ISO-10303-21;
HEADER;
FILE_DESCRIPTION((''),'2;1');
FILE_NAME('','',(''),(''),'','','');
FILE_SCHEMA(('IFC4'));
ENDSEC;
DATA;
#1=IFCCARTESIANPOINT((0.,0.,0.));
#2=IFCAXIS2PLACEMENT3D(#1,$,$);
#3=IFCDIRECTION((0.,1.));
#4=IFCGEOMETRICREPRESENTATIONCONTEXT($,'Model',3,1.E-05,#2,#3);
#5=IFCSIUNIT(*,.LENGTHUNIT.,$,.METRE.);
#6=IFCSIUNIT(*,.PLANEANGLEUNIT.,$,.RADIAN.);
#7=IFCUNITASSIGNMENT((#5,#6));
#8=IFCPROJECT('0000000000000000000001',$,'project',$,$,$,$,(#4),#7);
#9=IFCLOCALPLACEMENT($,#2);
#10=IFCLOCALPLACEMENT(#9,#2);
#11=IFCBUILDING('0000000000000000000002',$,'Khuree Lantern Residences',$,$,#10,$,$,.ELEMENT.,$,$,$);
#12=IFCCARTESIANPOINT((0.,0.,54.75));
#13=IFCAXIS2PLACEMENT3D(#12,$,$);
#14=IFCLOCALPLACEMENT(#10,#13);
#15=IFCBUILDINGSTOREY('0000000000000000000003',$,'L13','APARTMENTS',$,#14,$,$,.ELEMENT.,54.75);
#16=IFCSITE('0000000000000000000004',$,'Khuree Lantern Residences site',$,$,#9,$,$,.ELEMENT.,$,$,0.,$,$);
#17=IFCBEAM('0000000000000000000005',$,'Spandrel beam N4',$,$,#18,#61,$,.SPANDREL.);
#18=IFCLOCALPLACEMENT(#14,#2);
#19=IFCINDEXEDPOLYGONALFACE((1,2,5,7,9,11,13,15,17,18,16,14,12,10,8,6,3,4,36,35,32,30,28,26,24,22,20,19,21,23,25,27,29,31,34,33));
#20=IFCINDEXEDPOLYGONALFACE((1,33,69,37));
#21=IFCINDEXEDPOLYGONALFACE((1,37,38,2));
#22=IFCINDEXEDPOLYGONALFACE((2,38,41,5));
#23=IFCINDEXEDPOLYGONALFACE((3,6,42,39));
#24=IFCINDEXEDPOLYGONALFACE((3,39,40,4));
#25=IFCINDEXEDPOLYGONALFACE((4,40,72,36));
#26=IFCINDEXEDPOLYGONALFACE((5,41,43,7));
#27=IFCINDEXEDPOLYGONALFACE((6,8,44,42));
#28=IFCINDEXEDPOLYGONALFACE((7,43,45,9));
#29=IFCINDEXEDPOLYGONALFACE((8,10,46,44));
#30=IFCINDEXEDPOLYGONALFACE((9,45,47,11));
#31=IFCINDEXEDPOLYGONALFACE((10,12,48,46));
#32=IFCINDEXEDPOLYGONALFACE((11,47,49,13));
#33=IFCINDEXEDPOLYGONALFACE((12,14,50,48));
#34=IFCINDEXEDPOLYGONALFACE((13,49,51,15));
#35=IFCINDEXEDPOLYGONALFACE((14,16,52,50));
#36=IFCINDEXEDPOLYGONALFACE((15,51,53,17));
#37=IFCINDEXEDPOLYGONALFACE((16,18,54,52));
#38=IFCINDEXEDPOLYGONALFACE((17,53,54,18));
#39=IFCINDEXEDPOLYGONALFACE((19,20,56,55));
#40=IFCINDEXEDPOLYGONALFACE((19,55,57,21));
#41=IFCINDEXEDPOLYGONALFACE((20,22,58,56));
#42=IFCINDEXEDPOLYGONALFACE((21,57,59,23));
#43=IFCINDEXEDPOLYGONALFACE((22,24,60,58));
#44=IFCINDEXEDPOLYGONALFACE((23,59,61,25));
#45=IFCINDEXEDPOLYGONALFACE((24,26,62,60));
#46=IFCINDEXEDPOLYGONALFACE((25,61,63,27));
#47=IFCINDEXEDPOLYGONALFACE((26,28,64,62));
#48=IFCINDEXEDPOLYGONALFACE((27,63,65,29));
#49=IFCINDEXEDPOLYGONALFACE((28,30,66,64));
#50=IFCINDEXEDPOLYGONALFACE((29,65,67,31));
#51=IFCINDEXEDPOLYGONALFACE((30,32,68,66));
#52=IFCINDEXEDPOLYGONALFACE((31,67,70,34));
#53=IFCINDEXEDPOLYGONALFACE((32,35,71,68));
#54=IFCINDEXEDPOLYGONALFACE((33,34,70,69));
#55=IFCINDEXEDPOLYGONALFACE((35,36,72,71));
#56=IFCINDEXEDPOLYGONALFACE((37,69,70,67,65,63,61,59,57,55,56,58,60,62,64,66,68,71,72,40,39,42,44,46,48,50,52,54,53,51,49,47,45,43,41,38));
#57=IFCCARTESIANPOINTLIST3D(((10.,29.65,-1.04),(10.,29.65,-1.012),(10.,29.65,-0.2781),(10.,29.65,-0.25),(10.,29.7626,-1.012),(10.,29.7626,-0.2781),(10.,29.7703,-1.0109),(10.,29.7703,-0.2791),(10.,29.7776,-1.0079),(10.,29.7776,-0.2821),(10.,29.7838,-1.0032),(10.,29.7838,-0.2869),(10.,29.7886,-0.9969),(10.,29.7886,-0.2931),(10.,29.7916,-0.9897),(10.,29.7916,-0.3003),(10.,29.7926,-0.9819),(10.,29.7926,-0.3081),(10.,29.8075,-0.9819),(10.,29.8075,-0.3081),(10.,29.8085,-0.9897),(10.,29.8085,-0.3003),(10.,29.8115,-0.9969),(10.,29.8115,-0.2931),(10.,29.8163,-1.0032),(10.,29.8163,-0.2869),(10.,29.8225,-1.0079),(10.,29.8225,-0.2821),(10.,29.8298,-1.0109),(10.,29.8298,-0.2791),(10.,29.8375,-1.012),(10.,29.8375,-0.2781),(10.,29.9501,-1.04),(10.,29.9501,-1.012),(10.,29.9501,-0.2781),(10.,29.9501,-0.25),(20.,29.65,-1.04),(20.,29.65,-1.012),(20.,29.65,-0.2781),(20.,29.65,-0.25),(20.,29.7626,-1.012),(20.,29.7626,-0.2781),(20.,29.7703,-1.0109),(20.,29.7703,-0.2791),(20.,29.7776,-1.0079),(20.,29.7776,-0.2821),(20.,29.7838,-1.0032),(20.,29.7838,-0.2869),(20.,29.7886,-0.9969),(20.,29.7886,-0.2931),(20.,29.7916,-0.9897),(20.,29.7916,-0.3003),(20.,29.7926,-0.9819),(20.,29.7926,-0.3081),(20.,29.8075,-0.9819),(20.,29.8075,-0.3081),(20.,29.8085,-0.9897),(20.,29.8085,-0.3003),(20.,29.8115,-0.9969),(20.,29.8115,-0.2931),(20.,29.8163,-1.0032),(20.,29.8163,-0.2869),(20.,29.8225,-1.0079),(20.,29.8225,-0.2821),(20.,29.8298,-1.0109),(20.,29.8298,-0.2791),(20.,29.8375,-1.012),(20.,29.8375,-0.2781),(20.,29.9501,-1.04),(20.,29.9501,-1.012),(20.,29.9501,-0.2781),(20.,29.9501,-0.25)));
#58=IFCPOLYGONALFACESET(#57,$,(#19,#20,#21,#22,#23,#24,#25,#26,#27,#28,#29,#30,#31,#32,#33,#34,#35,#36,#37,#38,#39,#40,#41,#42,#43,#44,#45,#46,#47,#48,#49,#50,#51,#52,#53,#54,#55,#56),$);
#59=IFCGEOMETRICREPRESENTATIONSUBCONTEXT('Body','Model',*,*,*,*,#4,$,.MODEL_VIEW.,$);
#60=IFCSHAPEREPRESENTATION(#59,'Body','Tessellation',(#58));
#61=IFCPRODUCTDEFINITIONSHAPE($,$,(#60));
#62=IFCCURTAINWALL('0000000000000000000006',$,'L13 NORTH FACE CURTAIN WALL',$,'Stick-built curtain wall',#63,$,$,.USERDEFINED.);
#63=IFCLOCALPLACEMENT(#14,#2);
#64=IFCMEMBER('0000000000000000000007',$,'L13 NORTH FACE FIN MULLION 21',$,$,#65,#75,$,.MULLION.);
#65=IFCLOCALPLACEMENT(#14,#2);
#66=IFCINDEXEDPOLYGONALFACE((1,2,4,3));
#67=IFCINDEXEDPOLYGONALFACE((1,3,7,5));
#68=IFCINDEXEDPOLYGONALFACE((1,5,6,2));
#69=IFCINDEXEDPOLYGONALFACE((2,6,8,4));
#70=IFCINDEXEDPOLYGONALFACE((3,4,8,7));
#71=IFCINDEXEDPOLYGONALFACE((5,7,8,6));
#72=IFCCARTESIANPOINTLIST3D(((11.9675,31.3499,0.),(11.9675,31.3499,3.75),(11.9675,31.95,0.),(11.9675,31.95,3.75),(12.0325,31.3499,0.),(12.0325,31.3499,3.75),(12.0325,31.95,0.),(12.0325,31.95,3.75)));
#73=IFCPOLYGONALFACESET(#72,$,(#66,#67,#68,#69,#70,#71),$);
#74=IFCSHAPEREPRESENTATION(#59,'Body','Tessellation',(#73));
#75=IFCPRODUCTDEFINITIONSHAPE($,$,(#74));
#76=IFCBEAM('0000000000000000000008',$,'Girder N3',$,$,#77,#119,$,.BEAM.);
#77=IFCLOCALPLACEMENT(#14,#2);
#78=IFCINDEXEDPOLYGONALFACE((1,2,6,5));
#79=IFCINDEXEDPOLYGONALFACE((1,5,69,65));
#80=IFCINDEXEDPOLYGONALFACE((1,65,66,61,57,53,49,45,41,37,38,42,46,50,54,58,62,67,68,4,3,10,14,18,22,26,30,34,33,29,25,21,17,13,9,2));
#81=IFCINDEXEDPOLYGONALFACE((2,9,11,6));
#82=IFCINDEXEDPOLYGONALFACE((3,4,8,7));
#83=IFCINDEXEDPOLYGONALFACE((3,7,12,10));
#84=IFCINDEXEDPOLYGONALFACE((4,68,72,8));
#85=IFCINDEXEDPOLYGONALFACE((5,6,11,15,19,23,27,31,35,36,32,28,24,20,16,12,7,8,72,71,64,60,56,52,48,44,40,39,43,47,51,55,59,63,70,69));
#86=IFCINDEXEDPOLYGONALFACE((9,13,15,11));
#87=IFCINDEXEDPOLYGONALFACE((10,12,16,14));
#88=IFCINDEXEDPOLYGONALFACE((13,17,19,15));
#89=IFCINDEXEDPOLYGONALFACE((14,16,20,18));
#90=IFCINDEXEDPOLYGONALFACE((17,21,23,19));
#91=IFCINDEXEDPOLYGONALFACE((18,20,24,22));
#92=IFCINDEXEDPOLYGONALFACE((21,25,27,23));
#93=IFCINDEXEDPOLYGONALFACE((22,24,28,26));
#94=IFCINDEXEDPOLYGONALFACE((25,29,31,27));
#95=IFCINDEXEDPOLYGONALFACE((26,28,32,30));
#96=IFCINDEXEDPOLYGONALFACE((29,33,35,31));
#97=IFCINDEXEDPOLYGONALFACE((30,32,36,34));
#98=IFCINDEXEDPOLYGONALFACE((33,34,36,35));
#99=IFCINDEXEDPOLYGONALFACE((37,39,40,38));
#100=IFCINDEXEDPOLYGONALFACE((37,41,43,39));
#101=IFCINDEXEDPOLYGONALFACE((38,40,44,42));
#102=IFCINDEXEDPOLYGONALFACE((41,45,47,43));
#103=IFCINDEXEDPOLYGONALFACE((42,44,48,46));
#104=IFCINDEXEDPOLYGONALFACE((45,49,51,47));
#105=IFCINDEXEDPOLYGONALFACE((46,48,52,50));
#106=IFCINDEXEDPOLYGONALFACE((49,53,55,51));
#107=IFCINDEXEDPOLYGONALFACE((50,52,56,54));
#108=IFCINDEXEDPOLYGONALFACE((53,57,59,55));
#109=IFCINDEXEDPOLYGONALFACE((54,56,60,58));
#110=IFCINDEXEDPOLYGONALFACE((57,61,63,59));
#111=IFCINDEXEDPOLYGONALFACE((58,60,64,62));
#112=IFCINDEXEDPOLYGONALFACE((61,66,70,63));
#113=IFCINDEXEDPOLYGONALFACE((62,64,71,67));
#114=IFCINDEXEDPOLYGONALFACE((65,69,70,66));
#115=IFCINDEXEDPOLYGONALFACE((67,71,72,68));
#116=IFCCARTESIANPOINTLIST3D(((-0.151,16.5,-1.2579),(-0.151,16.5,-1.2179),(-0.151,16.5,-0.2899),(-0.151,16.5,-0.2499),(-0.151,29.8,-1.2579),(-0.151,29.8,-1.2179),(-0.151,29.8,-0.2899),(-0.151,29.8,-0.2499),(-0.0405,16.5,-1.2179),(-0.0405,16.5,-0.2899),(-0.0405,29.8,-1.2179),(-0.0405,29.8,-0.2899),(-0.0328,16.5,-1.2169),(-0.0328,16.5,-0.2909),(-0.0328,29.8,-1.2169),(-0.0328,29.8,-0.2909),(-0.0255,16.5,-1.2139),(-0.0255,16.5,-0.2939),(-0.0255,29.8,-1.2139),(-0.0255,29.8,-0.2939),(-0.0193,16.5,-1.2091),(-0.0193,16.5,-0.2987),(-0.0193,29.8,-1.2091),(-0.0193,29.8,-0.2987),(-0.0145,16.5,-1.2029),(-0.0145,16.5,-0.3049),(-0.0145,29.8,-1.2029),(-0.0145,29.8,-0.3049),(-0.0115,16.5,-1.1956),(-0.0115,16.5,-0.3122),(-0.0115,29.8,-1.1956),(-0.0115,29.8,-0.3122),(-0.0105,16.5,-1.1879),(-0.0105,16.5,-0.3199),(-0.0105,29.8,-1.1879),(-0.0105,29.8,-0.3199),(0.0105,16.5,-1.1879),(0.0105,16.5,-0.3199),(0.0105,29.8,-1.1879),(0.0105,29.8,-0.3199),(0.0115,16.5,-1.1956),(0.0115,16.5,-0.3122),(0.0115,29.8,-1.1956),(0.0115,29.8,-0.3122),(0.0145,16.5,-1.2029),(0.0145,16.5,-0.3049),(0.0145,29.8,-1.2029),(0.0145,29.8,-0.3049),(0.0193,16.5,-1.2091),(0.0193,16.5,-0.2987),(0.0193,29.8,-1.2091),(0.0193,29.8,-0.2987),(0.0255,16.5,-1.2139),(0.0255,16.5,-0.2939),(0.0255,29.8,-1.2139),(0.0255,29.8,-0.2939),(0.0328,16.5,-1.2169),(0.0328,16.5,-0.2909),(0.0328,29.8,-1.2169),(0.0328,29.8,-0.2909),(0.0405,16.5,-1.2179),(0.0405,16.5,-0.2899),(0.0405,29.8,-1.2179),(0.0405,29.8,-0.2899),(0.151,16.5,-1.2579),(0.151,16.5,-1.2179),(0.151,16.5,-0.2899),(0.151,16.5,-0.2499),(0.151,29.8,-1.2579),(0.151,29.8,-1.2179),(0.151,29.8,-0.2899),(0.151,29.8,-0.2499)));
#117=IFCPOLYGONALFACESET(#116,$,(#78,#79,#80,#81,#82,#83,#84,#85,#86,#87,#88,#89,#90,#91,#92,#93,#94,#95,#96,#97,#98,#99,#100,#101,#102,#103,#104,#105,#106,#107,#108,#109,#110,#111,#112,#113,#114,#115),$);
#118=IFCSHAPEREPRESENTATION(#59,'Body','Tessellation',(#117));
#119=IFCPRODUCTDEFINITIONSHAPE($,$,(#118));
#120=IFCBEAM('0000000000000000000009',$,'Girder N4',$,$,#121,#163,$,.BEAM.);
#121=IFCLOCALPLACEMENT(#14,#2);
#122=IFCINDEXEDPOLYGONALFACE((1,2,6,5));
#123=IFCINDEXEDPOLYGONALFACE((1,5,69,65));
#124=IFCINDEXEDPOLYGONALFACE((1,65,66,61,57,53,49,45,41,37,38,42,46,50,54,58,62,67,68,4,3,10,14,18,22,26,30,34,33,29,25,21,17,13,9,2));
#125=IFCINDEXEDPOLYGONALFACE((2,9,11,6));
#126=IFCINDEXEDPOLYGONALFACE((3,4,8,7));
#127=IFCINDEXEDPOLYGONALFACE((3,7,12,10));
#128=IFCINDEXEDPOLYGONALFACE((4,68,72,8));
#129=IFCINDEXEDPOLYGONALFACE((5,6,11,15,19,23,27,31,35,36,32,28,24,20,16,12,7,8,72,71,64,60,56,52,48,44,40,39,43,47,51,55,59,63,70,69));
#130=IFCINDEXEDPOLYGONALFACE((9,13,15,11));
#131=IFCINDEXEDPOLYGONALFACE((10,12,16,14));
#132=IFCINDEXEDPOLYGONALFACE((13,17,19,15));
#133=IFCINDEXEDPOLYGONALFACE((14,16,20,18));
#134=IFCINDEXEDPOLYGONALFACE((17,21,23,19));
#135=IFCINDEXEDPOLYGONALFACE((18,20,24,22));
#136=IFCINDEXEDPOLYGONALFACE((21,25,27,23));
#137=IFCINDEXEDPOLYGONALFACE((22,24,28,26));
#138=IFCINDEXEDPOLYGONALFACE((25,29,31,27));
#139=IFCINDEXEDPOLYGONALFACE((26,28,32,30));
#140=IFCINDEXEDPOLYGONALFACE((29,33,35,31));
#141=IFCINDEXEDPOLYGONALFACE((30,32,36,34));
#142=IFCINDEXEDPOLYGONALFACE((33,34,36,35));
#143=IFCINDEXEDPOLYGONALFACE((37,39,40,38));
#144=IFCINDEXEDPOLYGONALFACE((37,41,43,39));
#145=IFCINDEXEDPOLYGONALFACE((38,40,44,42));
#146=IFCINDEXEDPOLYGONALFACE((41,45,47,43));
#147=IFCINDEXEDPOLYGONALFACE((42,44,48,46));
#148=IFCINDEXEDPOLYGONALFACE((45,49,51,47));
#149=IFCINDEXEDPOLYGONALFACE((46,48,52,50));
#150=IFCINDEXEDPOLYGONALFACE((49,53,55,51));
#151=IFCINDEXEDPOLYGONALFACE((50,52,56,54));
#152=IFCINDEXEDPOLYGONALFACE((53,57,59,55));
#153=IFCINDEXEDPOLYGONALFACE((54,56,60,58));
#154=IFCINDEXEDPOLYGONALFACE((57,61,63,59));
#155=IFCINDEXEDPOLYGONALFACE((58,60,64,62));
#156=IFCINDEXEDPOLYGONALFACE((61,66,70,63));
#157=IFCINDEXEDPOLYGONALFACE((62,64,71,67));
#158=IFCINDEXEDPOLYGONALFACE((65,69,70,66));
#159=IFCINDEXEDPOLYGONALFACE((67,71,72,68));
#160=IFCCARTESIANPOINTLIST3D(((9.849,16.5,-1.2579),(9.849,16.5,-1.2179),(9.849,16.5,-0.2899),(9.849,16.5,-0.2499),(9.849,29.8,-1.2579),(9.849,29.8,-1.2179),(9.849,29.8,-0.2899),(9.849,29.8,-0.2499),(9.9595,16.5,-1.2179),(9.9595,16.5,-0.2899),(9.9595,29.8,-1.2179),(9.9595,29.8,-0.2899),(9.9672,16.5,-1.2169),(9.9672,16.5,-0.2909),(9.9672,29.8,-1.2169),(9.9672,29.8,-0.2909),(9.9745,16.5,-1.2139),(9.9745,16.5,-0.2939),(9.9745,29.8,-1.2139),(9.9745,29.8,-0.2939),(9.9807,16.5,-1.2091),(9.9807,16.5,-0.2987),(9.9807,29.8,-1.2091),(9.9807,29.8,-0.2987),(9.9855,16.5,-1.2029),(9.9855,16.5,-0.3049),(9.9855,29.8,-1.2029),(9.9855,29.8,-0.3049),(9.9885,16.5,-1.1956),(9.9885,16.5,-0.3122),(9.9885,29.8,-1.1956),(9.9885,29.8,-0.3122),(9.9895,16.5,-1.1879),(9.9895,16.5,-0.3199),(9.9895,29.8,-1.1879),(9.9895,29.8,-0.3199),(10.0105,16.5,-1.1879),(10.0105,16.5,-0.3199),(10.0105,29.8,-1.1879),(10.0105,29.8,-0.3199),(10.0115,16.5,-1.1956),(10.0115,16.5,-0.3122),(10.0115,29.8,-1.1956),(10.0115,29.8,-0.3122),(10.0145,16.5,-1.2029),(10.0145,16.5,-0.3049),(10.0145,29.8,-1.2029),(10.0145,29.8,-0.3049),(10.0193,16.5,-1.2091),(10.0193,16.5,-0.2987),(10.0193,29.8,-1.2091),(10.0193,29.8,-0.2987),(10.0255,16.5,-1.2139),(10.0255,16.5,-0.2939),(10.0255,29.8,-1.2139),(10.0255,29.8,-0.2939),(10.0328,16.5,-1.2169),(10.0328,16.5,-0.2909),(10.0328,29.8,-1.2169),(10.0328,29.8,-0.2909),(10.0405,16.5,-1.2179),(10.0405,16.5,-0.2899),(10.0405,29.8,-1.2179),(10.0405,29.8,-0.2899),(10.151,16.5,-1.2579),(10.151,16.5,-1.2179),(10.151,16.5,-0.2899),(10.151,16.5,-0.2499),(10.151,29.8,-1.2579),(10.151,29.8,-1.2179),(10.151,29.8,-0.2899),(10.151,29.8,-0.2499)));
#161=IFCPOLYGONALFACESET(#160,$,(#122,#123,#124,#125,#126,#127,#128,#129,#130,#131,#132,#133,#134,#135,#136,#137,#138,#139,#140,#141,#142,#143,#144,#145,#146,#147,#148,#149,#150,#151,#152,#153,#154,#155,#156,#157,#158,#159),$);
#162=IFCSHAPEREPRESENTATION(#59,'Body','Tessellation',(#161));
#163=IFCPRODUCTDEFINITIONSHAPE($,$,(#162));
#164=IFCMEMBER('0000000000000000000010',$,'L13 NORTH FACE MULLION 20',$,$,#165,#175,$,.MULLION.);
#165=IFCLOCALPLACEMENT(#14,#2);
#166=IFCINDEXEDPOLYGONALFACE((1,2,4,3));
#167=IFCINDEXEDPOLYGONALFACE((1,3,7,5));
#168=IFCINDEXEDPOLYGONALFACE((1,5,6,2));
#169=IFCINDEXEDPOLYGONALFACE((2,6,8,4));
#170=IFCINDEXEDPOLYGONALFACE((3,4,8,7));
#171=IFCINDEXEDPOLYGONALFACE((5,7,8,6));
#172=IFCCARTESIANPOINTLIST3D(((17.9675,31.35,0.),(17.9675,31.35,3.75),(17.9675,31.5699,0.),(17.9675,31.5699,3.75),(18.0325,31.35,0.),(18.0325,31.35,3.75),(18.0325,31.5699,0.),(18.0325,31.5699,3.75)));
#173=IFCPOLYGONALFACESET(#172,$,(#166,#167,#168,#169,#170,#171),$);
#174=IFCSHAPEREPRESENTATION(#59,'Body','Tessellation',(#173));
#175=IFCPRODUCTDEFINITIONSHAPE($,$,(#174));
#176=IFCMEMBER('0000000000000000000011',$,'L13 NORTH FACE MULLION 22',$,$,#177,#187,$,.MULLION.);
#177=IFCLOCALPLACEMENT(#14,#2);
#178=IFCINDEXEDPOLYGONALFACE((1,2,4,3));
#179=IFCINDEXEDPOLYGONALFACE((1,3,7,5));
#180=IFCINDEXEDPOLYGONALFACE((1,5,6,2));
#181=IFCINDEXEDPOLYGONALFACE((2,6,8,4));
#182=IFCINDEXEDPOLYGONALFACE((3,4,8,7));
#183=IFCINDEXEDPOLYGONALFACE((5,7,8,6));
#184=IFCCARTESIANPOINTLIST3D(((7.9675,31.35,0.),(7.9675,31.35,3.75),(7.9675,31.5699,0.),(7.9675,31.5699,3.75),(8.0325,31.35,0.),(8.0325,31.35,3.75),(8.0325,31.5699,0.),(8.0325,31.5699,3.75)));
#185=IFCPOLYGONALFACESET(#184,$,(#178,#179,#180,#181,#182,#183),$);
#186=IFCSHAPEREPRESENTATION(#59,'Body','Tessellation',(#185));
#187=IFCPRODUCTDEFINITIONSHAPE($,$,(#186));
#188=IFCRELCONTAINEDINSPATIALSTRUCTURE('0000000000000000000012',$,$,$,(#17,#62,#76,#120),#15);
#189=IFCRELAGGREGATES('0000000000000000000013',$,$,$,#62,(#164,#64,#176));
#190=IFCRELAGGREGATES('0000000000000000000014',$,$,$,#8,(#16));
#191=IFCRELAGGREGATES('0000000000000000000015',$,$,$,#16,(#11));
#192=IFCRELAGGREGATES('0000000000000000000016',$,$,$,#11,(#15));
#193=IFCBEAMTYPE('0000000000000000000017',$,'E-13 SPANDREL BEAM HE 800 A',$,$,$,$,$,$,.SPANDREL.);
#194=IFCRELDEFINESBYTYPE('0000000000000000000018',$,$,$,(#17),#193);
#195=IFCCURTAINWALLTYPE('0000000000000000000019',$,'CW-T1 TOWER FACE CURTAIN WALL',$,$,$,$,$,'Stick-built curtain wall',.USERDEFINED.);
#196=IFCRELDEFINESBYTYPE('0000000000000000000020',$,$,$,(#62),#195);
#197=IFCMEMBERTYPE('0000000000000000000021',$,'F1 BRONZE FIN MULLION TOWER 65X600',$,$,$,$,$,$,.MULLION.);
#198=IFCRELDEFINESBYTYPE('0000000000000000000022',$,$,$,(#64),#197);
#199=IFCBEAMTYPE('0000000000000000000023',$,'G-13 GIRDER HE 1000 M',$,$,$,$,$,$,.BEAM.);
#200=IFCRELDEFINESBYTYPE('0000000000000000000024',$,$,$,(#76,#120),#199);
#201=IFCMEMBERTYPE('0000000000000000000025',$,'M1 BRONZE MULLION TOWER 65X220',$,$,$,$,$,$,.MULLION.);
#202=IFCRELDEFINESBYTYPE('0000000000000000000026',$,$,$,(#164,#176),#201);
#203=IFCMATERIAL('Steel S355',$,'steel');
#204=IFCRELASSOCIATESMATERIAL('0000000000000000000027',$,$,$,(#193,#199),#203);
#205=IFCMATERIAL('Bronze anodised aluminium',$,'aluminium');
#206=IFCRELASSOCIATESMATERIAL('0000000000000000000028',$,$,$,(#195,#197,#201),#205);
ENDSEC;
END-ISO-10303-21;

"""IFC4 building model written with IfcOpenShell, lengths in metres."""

from ifc_helpers import new_model, si_unit, direction, frame, origin, origin_2d, place, context, subcontext, project, spatial, rectangle, i_section, extrude, material, material_profile, profile_set, type_object, element, aggregate, save


model = new_model("IFC4")

# Units and contexts
model_context = context("Model", 3, precision=1e-05, world=origin(), true_north=direction((0.0, 1.0)))
body_context = subcontext(model_context, "Body", "Model", "MODEL_VIEW")
ifc_project = project(units=[si_unit("LENGTHUNIT", "METRE"), si_unit("PLANEANGLEUNIT", "RADIAN")], contexts=[model_context])

# Site, building, storey
site_placement = place(None, origin())
site = spatial("IfcSite", under=ifc_project, at=site_placement, Name="Khuree Lantern Residences site", CompositionType="ELEMENT", RefElevation=0.0)
building_placement = place(site_placement, origin())
building = spatial("IfcBuilding", under=site, at=building_placement, Name="Khuree Lantern Residences", CompositionType="ELEMENT")
storey_placement = place(building_placement, frame((0.0, 0.0, 54.75)))
storey = spatial("IfcBuildingStorey", under=building, at=storey_placement, Name="L13", Description="APARTMENTS", CompositionType="ELEMENT", Elevation=54.75)

# Beam
ifc_material_1 = material(Name="Steel S355", Category="steel")
ifc_material_profile_1 = material_profile(ifc_material_1, i_section(OverallWidth=0.3, OverallDepth=0.79, WebThickness=0.0149, FlangeThickness=0.0281, FilletRadius=0.03, at=origin_2d()), Name="HE 800 A")
ifc_profile_set_1 = profile_set([ifc_material_profile_1], Name="Steel S355")
beam_type_1 = type_object("IfcBeamType", Name="E-13 SPANDREL BEAM HE 800 A", PredefinedType="SPANDREL", material=ifc_profile_set_1)
for number, where, z_axis, x_axis, name in (
    (1, (10.0, 29.8, -0.645), (1.0, 0.0, 0.0), (0.0, 1.0, 0.0), "Spandrel beam N4"),
):
    element("IfcBeam", number, at=place(storey_placement, frame(where, z_axis=z_axis, x_axis=x_axis)), inside=storey, type_object=beam_type_1, Name=name, PredefinedType="SPANDREL", context=body_context, shape_type="SweptSolid", body=[
        extrude(i_section(OverallWidth=0.3, OverallDepth=0.79, WebThickness=0.0149, FlangeThickness=0.0281, FilletRadius=0.03, at=origin_2d()), origin(), (0.0, 0.0, 1.0), 10.0),
    ])

# Curtain wall, member
ifc_material_2 = material(Name="Bronze anodised aluminium", Category="aluminium")
curtain_wall_type = type_object("IfcCurtainWallType", Name="CW-T1 TOWER FACE CURTAIN WALL", ElementType="Stick-built curtain wall", PredefinedType="USERDEFINED", material=ifc_material_2)
curtain_wall_placement = place(storey_placement, origin())
curtain_wall = element("IfcCurtainWall", 2, at=curtain_wall_placement, inside=storey, type_object=curtain_wall_type, Name="L13 NORTH FACE CURTAIN WALL", ObjectType="Stick-built curtain wall", PredefinedType="USERDEFINED")
ifc_material_profile_2 = material_profile(ifc_material_2, rectangle(XDim=0.0649, YDim=0.6001, at=origin_2d()), Name="F1 65X600")
ifc_profile_set_2 = profile_set([ifc_material_profile_2], Name="Bronze anodised aluminium")
member_type_1 = type_object("IfcMemberType", Name="F1 BRONZE FIN MULLION TOWER 65X600", PredefinedType="MULLION", material=ifc_profile_set_2)
member_1_placement = place(storey_placement, frame((12.0, 31.6499, 0.0), z_axis=(0.0, 0.0, 1.0), x_axis=(-1.0, 0.0, 0.0)))
member_1 = element("IfcMember", 3, at=member_1_placement, type_object=member_type_1, Name="L13 NORTH FACE FIN MULLION 21", PredefinedType="MULLION", context=body_context, shape_type="SweptSolid", body=[
    extrude(rectangle(XDim=0.0649, YDim=0.6001, at=origin_2d()), origin(), (0.0, 0.0, 1.0), 3.75),
])

# Beams
ifc_material_profile_3 = material_profile(ifc_material_1, i_section(OverallWidth=0.302, OverallDepth=1.0081, WebThickness=0.021, FlangeThickness=0.04, FilletRadius=0.03, at=origin_2d()), Name="HE 1000 M")
ifc_profile_set_3 = profile_set([ifc_material_profile_3], Name="Steel S355")
beam_type_2 = type_object("IfcBeamType", Name="G-13 GIRDER HE 1000 M", PredefinedType="BEAM", material=ifc_profile_set_3)
for number, where, z_axis, x_axis, name in (
    (4, (0.0, 29.8, -0.7539), (0.0, -1.0, 0.0), (1.0, 0.0, 0.0), "Girder N3"),
    (5, (10.0, 29.8, -0.7539), (0.0, -1.0, 0.0), (1.0, 0.0, 0.0), "Girder N4"),
):
    element("IfcBeam", number, at=place(storey_placement, frame(where, z_axis=z_axis, x_axis=x_axis)), inside=storey, type_object=beam_type_2, Name=name, PredefinedType="BEAM", context=body_context, shape_type="SweptSolid", body=[
        extrude(i_section(OverallWidth=0.302, OverallDepth=1.0081, WebThickness=0.021, FlangeThickness=0.04, FilletRadius=0.03, at=origin_2d()), origin(), (0.0, 0.0, 1.0), 13.3),
    ])

# Members
ifc_material_profile_4 = material_profile(ifc_material_2, rectangle(XDim=0.0649, YDim=0.22, at=origin_2d()), Name="M1 65X220")
ifc_profile_set_4 = profile_set([ifc_material_profile_4], Name="Bronze anodised aluminium")
member_type_2 = type_object("IfcMemberType", Name="M1 BRONZE MULLION TOWER 65X220", PredefinedType="MULLION", material=ifc_profile_set_4)
member_2_placement = place(storey_placement, frame((18.0, 31.46, 0.0), z_axis=(0.0, 0.0, 1.0), x_axis=(-1.0, 0.0, 0.0)))
member_2 = element("IfcMember", 6, at=member_2_placement, type_object=member_type_2, Name="L13 NORTH FACE MULLION 20", PredefinedType="MULLION", context=body_context, shape_type="SweptSolid", body=[
    extrude(rectangle(XDim=0.0649, YDim=0.22, at=origin_2d()), origin(), (0.0, 0.0, 1.0), 3.75),
])
member_3_placement = place(storey_placement, frame((8.0, 31.46, 0.0), z_axis=(0.0, 0.0, 1.0), x_axis=(-1.0, 0.0, 0.0)))
member_3 = element("IfcMember", 7, at=member_3_placement, type_object=member_type_2, Name="L13 NORTH FACE MULLION 22", PredefinedType="MULLION", context=body_context, shape_type="SweptSolid", body=[
    extrude(rectangle(XDim=0.0649, YDim=0.22, at=origin_2d()), origin(), (0.0, 0.0, 1.0), 3.75),
])

aggregate(curtain_wall, [member_2, member_1, member_3])

save(model, "model.ifc")
